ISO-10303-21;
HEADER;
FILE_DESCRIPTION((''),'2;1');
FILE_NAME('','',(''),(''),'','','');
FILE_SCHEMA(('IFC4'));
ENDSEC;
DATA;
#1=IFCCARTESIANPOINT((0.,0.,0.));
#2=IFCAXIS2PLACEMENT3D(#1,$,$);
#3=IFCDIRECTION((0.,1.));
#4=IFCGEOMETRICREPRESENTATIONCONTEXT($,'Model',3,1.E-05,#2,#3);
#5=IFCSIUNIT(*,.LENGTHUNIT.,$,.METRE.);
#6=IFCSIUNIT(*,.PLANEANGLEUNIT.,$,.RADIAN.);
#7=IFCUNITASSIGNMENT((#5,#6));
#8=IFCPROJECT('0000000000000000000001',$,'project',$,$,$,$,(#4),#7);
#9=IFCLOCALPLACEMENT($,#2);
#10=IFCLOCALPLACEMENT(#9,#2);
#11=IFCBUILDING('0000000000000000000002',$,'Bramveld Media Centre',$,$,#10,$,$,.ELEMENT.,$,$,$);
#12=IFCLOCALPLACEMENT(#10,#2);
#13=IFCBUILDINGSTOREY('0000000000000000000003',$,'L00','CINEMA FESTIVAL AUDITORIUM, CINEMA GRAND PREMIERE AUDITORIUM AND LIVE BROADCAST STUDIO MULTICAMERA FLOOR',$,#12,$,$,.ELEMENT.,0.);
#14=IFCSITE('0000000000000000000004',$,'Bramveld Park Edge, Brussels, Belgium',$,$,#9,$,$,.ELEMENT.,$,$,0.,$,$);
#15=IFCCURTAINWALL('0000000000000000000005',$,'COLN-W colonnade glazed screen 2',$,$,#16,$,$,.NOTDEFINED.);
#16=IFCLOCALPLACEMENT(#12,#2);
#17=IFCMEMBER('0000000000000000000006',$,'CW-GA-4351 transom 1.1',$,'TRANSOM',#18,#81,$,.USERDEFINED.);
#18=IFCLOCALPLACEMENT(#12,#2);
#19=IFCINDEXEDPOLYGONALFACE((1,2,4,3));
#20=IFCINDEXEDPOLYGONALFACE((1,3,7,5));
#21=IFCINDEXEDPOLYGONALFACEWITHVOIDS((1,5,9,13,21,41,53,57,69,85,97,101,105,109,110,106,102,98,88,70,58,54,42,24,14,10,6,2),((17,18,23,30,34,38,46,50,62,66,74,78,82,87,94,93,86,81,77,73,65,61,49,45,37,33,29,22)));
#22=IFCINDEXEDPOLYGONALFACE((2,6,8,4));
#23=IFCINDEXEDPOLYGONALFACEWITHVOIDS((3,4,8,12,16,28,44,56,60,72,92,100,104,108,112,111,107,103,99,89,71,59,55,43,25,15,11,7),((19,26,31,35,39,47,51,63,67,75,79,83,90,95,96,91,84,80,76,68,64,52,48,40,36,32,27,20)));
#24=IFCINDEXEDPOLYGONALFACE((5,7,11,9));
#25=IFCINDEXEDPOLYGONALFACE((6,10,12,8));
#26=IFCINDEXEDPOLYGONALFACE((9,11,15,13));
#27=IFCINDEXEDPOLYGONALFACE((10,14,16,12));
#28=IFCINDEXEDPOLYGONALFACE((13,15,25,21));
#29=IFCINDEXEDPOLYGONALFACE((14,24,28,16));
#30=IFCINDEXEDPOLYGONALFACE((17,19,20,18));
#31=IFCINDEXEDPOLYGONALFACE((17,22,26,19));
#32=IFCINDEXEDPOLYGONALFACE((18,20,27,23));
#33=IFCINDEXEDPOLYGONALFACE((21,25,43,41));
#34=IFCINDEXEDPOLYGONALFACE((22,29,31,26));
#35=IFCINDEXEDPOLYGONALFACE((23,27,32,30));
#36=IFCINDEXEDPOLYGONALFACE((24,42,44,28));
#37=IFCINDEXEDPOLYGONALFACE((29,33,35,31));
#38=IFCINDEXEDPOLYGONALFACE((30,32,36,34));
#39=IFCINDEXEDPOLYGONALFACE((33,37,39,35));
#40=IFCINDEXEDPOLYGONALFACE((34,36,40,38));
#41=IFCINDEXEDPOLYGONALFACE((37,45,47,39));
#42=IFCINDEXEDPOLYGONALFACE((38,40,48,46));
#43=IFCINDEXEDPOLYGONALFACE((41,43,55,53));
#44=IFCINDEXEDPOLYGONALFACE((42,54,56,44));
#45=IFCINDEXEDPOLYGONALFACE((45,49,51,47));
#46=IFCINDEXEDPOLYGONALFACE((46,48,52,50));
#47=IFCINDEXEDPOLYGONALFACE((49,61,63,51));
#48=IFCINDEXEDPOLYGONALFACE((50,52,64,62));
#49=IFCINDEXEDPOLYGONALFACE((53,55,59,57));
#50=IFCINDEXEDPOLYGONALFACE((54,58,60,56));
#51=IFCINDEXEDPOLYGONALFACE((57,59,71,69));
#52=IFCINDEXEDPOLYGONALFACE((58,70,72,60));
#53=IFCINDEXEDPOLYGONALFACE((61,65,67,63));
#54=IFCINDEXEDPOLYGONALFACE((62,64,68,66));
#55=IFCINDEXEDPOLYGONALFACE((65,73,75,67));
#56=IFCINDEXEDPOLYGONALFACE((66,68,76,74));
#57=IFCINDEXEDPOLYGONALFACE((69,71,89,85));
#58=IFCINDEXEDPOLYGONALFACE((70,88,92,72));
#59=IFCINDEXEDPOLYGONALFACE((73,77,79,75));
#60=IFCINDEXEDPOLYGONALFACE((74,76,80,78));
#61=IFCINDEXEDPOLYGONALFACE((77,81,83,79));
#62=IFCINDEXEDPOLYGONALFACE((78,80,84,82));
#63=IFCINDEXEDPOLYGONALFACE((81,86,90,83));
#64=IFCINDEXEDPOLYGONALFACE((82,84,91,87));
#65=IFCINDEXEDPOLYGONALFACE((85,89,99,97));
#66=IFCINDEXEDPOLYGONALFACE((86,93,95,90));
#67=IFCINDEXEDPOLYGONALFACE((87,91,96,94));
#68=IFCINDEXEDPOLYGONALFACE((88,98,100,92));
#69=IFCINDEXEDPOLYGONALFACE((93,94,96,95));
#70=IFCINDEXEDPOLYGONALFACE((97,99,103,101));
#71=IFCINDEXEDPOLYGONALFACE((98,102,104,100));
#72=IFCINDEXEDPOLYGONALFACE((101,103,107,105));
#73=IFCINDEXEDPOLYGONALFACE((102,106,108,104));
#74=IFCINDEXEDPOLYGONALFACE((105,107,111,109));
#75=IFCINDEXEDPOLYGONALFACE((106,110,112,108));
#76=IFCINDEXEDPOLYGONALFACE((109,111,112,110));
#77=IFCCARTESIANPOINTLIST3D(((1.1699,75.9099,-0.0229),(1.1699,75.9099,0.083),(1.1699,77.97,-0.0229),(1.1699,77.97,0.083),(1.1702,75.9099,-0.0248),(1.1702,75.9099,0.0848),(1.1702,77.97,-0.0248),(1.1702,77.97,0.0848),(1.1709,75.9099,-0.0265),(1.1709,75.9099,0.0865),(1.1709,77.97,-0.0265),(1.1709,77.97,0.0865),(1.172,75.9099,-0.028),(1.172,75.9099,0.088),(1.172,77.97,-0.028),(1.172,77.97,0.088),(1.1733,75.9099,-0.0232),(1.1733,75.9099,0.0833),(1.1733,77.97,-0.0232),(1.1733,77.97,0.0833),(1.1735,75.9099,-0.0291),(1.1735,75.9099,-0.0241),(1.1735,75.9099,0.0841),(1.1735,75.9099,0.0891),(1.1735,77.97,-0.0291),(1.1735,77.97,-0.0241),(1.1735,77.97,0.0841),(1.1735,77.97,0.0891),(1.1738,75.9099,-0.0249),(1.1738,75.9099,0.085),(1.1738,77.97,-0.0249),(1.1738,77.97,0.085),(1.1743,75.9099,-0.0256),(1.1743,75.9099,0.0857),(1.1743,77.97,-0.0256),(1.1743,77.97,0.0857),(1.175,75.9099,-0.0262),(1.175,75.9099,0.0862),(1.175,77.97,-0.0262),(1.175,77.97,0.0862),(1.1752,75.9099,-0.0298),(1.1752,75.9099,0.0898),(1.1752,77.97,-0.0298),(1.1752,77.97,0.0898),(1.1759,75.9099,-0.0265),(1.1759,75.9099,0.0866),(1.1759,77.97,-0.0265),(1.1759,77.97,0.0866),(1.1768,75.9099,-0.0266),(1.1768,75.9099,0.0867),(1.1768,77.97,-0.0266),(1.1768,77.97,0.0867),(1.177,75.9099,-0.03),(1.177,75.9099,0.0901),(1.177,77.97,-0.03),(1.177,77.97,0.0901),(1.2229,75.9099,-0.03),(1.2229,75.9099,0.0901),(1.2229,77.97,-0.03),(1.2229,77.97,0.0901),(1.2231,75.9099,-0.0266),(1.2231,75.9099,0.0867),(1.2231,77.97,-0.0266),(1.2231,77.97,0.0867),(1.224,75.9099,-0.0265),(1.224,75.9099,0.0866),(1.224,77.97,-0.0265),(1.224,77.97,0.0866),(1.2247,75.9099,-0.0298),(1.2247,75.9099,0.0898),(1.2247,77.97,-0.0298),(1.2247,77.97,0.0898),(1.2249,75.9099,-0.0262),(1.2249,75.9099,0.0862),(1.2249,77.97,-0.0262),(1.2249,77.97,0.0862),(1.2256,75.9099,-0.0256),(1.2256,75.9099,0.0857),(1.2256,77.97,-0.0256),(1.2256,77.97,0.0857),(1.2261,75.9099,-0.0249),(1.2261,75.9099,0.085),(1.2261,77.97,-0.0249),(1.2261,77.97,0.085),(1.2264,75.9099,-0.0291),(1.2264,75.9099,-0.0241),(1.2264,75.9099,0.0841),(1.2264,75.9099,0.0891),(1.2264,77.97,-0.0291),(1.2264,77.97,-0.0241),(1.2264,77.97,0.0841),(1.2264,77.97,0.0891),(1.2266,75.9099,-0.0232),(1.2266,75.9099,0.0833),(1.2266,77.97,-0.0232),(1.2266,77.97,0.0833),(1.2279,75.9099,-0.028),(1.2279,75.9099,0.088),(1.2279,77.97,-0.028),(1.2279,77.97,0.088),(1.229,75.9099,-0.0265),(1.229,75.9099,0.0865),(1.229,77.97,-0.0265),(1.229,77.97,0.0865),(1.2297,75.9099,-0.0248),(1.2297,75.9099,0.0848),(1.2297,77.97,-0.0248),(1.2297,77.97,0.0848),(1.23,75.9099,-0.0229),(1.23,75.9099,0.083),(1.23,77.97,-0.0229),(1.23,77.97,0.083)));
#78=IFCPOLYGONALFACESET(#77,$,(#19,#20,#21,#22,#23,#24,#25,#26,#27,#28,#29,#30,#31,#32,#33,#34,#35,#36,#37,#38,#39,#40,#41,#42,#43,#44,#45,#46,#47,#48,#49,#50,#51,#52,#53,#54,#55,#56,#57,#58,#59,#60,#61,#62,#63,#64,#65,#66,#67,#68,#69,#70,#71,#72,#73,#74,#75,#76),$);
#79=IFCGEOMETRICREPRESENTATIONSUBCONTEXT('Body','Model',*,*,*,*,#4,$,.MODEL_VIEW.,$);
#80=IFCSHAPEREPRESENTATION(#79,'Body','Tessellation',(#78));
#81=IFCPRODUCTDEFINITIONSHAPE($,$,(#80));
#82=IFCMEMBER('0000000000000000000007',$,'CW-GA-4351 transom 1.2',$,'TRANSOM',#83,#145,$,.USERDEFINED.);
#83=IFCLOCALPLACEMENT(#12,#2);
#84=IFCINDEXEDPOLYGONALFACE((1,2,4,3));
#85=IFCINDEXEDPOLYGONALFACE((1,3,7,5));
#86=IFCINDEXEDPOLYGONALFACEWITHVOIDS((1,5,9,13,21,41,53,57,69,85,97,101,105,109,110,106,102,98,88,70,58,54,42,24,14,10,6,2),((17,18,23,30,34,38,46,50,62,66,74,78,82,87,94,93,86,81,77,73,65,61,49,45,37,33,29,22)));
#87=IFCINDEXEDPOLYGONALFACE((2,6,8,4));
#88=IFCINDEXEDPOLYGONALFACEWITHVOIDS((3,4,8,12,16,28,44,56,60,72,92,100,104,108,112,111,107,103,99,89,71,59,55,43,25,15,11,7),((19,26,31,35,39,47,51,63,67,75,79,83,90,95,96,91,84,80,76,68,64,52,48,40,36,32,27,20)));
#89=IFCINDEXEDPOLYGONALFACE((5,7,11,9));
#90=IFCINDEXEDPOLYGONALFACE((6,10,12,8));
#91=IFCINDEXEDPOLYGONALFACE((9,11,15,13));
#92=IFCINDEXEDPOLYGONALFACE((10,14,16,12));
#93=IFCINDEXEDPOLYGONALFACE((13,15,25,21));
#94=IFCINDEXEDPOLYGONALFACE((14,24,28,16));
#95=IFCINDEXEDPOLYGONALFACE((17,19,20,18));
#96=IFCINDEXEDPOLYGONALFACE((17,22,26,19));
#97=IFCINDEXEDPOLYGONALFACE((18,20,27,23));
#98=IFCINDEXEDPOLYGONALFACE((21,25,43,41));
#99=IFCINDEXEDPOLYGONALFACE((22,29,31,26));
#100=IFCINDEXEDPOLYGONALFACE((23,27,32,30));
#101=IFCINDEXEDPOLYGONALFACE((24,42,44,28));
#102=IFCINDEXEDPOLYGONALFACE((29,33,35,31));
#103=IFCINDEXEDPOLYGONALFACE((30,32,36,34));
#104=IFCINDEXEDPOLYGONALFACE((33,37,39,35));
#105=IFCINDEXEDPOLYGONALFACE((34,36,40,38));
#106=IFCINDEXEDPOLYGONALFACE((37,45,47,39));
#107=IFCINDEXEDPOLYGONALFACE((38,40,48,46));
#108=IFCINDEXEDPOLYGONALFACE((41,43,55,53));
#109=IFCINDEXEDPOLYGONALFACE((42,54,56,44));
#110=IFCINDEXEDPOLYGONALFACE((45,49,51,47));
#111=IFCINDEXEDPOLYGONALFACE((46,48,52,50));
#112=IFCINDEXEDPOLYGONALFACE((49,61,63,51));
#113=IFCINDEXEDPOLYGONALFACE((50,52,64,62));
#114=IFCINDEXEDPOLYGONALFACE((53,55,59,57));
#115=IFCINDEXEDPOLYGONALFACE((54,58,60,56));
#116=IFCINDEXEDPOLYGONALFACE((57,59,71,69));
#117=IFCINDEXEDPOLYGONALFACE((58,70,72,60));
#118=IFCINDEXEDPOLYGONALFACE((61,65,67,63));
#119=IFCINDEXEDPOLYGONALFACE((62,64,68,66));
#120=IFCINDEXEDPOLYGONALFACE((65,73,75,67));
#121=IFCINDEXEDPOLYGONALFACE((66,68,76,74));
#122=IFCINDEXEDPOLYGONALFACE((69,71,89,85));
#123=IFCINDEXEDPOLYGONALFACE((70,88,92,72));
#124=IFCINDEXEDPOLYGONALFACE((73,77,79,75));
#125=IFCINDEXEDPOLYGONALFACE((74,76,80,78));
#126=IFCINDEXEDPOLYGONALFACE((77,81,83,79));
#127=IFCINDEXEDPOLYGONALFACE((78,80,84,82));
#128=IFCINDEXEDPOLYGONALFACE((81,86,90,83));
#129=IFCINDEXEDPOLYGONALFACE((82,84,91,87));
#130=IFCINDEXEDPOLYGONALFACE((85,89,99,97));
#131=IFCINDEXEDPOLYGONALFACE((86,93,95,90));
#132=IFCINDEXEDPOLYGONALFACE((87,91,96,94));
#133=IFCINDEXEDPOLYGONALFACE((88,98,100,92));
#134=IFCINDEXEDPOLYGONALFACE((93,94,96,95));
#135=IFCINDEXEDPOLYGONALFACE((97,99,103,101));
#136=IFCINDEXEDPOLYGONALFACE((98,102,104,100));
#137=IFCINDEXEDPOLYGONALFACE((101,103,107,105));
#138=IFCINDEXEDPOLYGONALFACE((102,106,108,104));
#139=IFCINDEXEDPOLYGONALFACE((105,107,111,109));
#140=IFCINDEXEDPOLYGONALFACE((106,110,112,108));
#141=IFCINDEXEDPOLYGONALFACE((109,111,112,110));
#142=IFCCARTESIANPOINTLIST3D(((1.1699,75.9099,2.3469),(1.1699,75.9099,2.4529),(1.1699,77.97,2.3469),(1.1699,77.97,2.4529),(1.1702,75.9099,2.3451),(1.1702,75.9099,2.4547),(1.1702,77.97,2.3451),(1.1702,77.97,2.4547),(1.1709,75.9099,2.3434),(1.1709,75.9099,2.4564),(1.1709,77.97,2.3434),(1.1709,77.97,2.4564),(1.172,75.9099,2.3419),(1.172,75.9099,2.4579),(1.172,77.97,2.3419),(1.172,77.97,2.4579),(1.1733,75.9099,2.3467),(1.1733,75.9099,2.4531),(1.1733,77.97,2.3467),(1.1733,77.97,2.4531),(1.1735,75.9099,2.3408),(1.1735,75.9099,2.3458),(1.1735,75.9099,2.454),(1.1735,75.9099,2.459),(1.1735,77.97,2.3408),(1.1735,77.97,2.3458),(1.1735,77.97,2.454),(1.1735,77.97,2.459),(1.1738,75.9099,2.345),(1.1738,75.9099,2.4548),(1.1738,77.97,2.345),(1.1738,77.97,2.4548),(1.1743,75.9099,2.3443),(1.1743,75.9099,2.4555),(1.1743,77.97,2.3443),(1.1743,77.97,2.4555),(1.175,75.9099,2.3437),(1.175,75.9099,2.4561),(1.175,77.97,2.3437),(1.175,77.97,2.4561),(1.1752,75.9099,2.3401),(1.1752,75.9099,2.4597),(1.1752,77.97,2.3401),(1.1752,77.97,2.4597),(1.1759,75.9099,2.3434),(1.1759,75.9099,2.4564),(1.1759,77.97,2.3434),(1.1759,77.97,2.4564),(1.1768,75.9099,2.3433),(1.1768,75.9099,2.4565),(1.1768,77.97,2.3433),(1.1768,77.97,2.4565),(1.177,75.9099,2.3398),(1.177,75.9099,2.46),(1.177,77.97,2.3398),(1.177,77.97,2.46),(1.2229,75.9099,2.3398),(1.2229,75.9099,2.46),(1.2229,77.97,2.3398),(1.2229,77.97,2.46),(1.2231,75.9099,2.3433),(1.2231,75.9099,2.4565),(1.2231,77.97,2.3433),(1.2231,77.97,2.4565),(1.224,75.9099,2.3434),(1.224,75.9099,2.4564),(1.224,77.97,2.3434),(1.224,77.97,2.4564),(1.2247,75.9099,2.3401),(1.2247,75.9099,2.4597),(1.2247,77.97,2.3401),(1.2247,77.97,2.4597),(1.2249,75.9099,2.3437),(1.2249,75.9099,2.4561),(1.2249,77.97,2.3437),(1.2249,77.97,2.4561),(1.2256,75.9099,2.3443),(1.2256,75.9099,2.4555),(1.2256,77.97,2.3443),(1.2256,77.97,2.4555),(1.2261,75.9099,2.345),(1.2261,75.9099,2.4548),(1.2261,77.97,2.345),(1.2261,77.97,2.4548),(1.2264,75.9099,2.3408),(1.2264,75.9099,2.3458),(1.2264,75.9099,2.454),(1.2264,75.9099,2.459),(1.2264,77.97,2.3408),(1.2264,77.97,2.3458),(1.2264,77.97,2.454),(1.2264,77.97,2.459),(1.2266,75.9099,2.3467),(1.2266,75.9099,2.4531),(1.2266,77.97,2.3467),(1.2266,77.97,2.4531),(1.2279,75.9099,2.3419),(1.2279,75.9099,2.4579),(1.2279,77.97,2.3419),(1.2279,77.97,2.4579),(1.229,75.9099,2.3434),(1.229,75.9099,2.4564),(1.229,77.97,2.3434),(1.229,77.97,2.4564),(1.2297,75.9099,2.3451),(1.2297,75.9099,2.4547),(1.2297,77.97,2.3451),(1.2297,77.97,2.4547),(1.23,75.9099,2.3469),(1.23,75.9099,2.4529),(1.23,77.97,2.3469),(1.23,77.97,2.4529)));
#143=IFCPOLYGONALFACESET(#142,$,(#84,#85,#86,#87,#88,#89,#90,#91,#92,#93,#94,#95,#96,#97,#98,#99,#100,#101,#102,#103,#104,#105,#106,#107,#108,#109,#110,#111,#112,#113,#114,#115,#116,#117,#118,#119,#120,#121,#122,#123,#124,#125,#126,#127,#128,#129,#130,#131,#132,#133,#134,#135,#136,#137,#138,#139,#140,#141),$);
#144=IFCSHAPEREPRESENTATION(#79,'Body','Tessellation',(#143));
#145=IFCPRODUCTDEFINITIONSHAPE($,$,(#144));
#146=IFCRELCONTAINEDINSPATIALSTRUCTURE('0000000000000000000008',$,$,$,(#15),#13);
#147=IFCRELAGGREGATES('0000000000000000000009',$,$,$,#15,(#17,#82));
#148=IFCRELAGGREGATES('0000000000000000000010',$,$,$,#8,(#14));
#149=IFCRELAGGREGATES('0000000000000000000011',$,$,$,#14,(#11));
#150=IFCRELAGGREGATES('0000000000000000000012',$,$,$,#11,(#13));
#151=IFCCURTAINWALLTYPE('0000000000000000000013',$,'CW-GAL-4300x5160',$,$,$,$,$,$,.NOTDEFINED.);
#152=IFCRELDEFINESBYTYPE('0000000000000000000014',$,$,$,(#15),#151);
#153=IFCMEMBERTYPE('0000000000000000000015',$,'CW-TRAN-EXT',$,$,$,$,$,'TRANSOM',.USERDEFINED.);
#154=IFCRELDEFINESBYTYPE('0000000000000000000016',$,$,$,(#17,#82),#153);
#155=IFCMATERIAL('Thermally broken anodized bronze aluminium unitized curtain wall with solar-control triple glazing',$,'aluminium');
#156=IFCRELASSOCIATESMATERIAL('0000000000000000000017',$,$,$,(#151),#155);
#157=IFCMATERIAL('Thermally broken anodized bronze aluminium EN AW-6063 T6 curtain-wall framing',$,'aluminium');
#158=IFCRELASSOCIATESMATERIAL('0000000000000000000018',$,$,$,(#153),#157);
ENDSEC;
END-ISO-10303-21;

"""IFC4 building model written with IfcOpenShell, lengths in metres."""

from ifc_helpers import new_model, si_unit, direction, frame, origin, origin_2d, place, context, subcontext, project, spatial, hollow_rectangle, extrude, material, material_profile, profile_set, type_object, element, aggregate, save


model = new_model("IFC4")

# Units and contexts
model_context = context("Model", 3, precision=1e-05, world=origin(), true_north=direction((0.0, 1.0)))
body_context = subcontext(model_context, "Body", "Model", "MODEL_VIEW")
ifc_project = project(units=[si_unit("LENGTHUNIT", "METRE"), si_unit("PLANEANGLEUNIT", "RADIAN")], contexts=[model_context])

# Site, building, storey
site_placement = place(None, origin())
site = spatial("IfcSite", under=ifc_project, at=site_placement, Name="Bramveld Park Edge, Brussels, Belgium", CompositionType="ELEMENT", RefElevation=0.0)
building_placement = place(site_placement, origin())
building = spatial("IfcBuilding", under=site, at=building_placement, Name="Bramveld Media Centre", CompositionType="ELEMENT")
storey_placement = place(building_placement, origin())
storey = spatial("IfcBuildingStorey", under=building, at=storey_placement, Name="L00", Description="CINEMA FESTIVAL AUDITORIUM, CINEMA GRAND PREMIERE AUDITORIUM AND LIVE BROADCAST STUDIO MULTICAMERA FLOOR", CompositionType="ELEMENT", Elevation=0.0)

# Curtain wall
ifc_material_1 = material(Name="Thermally broken anodized bronze aluminium unitized curtain wall with solar-control triple glazing", Category="aluminium")
curtain_wall_type_1 = type_object("IfcCurtainWallType", Name="CW-GAL-4300x5160", PredefinedType="NOTDEFINED", material=ifc_material_1)
curtain_wall_1_placement = place(storey_placement, origin())
curtain_wall_1 = element("IfcCurtainWall", 1, at=curtain_wall_1_placement, inside=storey, type_object=curtain_wall_type_1, Name="COLN-W colonnade glazed screen 2", PredefinedType="NOTDEFINED")

# Members
ifc_material_2 = material(Name="Thermally broken anodized bronze aluminium EN AW-6063 T6 curtain-wall framing", Category="aluminium")
ifc_material_profile_1 = material_profile(ifc_material_2, hollow_rectangle(XDim=0.0601, YDim=0.1201, WallThickness=0.0034, InnerFilletRadius=0.0034, OuterFilletRadius=0.0071, at=origin_2d()), Name="AL-TRAN 60x120")
ifc_profile_set_1 = profile_set([ifc_material_profile_1], Name="Thermally broken anodized bronze aluminium EN AW-6063 T6 curtain-wall framing")
member_type_1 = type_object("IfcMemberType", Name="CW-TRAN-EXT", ElementType="TRANSOM", PredefinedType="USERDEFINED", material=ifc_profile_set_1)
member_1_placement = place(storey_placement, frame((1.2, 75.9099, 0.03), z_axis=(0.0, 1.0, 0.0), x_axis=(-1.0, 0.0, 0.0)))
member_1 = element("IfcMember", 2, at=member_1_placement, type_object=member_type_1, Name="CW-GA-4351 transom 1.1", ObjectType="TRANSOM", PredefinedType="USERDEFINED", context=body_context, shape_type="SweptSolid", body=[
    extrude(hollow_rectangle(XDim=0.0601, YDim=0.1201, WallThickness=0.0034, InnerFilletRadius=0.0034, OuterFilletRadius=0.0071, at=origin_2d()), origin(), (0.0, 0.0, 1.0), 2.0601),
])
member_2_placement = place(storey_placement, frame((1.2, 75.9099, 2.3999), z_axis=(0.0, 1.0, 0.0), x_axis=(-1.0, 0.0, 0.0)))
member_2 = element("IfcMember", 3, at=member_2_placement, type_object=member_type_1, Name="CW-GA-4351 transom 1.2", ObjectType="TRANSOM", PredefinedType="USERDEFINED", context=body_context, shape_type="SweptSolid", body=[
    extrude(hollow_rectangle(XDim=0.0601, YDim=0.1201, WallThickness=0.0034, InnerFilletRadius=0.0034, OuterFilletRadius=0.0071, at=origin_2d()), origin(), (0.0, 0.0, 1.0), 2.0601),
])

aggregate(curtain_wall_1, [member_1, member_2])

save(model, "model.ifc")
